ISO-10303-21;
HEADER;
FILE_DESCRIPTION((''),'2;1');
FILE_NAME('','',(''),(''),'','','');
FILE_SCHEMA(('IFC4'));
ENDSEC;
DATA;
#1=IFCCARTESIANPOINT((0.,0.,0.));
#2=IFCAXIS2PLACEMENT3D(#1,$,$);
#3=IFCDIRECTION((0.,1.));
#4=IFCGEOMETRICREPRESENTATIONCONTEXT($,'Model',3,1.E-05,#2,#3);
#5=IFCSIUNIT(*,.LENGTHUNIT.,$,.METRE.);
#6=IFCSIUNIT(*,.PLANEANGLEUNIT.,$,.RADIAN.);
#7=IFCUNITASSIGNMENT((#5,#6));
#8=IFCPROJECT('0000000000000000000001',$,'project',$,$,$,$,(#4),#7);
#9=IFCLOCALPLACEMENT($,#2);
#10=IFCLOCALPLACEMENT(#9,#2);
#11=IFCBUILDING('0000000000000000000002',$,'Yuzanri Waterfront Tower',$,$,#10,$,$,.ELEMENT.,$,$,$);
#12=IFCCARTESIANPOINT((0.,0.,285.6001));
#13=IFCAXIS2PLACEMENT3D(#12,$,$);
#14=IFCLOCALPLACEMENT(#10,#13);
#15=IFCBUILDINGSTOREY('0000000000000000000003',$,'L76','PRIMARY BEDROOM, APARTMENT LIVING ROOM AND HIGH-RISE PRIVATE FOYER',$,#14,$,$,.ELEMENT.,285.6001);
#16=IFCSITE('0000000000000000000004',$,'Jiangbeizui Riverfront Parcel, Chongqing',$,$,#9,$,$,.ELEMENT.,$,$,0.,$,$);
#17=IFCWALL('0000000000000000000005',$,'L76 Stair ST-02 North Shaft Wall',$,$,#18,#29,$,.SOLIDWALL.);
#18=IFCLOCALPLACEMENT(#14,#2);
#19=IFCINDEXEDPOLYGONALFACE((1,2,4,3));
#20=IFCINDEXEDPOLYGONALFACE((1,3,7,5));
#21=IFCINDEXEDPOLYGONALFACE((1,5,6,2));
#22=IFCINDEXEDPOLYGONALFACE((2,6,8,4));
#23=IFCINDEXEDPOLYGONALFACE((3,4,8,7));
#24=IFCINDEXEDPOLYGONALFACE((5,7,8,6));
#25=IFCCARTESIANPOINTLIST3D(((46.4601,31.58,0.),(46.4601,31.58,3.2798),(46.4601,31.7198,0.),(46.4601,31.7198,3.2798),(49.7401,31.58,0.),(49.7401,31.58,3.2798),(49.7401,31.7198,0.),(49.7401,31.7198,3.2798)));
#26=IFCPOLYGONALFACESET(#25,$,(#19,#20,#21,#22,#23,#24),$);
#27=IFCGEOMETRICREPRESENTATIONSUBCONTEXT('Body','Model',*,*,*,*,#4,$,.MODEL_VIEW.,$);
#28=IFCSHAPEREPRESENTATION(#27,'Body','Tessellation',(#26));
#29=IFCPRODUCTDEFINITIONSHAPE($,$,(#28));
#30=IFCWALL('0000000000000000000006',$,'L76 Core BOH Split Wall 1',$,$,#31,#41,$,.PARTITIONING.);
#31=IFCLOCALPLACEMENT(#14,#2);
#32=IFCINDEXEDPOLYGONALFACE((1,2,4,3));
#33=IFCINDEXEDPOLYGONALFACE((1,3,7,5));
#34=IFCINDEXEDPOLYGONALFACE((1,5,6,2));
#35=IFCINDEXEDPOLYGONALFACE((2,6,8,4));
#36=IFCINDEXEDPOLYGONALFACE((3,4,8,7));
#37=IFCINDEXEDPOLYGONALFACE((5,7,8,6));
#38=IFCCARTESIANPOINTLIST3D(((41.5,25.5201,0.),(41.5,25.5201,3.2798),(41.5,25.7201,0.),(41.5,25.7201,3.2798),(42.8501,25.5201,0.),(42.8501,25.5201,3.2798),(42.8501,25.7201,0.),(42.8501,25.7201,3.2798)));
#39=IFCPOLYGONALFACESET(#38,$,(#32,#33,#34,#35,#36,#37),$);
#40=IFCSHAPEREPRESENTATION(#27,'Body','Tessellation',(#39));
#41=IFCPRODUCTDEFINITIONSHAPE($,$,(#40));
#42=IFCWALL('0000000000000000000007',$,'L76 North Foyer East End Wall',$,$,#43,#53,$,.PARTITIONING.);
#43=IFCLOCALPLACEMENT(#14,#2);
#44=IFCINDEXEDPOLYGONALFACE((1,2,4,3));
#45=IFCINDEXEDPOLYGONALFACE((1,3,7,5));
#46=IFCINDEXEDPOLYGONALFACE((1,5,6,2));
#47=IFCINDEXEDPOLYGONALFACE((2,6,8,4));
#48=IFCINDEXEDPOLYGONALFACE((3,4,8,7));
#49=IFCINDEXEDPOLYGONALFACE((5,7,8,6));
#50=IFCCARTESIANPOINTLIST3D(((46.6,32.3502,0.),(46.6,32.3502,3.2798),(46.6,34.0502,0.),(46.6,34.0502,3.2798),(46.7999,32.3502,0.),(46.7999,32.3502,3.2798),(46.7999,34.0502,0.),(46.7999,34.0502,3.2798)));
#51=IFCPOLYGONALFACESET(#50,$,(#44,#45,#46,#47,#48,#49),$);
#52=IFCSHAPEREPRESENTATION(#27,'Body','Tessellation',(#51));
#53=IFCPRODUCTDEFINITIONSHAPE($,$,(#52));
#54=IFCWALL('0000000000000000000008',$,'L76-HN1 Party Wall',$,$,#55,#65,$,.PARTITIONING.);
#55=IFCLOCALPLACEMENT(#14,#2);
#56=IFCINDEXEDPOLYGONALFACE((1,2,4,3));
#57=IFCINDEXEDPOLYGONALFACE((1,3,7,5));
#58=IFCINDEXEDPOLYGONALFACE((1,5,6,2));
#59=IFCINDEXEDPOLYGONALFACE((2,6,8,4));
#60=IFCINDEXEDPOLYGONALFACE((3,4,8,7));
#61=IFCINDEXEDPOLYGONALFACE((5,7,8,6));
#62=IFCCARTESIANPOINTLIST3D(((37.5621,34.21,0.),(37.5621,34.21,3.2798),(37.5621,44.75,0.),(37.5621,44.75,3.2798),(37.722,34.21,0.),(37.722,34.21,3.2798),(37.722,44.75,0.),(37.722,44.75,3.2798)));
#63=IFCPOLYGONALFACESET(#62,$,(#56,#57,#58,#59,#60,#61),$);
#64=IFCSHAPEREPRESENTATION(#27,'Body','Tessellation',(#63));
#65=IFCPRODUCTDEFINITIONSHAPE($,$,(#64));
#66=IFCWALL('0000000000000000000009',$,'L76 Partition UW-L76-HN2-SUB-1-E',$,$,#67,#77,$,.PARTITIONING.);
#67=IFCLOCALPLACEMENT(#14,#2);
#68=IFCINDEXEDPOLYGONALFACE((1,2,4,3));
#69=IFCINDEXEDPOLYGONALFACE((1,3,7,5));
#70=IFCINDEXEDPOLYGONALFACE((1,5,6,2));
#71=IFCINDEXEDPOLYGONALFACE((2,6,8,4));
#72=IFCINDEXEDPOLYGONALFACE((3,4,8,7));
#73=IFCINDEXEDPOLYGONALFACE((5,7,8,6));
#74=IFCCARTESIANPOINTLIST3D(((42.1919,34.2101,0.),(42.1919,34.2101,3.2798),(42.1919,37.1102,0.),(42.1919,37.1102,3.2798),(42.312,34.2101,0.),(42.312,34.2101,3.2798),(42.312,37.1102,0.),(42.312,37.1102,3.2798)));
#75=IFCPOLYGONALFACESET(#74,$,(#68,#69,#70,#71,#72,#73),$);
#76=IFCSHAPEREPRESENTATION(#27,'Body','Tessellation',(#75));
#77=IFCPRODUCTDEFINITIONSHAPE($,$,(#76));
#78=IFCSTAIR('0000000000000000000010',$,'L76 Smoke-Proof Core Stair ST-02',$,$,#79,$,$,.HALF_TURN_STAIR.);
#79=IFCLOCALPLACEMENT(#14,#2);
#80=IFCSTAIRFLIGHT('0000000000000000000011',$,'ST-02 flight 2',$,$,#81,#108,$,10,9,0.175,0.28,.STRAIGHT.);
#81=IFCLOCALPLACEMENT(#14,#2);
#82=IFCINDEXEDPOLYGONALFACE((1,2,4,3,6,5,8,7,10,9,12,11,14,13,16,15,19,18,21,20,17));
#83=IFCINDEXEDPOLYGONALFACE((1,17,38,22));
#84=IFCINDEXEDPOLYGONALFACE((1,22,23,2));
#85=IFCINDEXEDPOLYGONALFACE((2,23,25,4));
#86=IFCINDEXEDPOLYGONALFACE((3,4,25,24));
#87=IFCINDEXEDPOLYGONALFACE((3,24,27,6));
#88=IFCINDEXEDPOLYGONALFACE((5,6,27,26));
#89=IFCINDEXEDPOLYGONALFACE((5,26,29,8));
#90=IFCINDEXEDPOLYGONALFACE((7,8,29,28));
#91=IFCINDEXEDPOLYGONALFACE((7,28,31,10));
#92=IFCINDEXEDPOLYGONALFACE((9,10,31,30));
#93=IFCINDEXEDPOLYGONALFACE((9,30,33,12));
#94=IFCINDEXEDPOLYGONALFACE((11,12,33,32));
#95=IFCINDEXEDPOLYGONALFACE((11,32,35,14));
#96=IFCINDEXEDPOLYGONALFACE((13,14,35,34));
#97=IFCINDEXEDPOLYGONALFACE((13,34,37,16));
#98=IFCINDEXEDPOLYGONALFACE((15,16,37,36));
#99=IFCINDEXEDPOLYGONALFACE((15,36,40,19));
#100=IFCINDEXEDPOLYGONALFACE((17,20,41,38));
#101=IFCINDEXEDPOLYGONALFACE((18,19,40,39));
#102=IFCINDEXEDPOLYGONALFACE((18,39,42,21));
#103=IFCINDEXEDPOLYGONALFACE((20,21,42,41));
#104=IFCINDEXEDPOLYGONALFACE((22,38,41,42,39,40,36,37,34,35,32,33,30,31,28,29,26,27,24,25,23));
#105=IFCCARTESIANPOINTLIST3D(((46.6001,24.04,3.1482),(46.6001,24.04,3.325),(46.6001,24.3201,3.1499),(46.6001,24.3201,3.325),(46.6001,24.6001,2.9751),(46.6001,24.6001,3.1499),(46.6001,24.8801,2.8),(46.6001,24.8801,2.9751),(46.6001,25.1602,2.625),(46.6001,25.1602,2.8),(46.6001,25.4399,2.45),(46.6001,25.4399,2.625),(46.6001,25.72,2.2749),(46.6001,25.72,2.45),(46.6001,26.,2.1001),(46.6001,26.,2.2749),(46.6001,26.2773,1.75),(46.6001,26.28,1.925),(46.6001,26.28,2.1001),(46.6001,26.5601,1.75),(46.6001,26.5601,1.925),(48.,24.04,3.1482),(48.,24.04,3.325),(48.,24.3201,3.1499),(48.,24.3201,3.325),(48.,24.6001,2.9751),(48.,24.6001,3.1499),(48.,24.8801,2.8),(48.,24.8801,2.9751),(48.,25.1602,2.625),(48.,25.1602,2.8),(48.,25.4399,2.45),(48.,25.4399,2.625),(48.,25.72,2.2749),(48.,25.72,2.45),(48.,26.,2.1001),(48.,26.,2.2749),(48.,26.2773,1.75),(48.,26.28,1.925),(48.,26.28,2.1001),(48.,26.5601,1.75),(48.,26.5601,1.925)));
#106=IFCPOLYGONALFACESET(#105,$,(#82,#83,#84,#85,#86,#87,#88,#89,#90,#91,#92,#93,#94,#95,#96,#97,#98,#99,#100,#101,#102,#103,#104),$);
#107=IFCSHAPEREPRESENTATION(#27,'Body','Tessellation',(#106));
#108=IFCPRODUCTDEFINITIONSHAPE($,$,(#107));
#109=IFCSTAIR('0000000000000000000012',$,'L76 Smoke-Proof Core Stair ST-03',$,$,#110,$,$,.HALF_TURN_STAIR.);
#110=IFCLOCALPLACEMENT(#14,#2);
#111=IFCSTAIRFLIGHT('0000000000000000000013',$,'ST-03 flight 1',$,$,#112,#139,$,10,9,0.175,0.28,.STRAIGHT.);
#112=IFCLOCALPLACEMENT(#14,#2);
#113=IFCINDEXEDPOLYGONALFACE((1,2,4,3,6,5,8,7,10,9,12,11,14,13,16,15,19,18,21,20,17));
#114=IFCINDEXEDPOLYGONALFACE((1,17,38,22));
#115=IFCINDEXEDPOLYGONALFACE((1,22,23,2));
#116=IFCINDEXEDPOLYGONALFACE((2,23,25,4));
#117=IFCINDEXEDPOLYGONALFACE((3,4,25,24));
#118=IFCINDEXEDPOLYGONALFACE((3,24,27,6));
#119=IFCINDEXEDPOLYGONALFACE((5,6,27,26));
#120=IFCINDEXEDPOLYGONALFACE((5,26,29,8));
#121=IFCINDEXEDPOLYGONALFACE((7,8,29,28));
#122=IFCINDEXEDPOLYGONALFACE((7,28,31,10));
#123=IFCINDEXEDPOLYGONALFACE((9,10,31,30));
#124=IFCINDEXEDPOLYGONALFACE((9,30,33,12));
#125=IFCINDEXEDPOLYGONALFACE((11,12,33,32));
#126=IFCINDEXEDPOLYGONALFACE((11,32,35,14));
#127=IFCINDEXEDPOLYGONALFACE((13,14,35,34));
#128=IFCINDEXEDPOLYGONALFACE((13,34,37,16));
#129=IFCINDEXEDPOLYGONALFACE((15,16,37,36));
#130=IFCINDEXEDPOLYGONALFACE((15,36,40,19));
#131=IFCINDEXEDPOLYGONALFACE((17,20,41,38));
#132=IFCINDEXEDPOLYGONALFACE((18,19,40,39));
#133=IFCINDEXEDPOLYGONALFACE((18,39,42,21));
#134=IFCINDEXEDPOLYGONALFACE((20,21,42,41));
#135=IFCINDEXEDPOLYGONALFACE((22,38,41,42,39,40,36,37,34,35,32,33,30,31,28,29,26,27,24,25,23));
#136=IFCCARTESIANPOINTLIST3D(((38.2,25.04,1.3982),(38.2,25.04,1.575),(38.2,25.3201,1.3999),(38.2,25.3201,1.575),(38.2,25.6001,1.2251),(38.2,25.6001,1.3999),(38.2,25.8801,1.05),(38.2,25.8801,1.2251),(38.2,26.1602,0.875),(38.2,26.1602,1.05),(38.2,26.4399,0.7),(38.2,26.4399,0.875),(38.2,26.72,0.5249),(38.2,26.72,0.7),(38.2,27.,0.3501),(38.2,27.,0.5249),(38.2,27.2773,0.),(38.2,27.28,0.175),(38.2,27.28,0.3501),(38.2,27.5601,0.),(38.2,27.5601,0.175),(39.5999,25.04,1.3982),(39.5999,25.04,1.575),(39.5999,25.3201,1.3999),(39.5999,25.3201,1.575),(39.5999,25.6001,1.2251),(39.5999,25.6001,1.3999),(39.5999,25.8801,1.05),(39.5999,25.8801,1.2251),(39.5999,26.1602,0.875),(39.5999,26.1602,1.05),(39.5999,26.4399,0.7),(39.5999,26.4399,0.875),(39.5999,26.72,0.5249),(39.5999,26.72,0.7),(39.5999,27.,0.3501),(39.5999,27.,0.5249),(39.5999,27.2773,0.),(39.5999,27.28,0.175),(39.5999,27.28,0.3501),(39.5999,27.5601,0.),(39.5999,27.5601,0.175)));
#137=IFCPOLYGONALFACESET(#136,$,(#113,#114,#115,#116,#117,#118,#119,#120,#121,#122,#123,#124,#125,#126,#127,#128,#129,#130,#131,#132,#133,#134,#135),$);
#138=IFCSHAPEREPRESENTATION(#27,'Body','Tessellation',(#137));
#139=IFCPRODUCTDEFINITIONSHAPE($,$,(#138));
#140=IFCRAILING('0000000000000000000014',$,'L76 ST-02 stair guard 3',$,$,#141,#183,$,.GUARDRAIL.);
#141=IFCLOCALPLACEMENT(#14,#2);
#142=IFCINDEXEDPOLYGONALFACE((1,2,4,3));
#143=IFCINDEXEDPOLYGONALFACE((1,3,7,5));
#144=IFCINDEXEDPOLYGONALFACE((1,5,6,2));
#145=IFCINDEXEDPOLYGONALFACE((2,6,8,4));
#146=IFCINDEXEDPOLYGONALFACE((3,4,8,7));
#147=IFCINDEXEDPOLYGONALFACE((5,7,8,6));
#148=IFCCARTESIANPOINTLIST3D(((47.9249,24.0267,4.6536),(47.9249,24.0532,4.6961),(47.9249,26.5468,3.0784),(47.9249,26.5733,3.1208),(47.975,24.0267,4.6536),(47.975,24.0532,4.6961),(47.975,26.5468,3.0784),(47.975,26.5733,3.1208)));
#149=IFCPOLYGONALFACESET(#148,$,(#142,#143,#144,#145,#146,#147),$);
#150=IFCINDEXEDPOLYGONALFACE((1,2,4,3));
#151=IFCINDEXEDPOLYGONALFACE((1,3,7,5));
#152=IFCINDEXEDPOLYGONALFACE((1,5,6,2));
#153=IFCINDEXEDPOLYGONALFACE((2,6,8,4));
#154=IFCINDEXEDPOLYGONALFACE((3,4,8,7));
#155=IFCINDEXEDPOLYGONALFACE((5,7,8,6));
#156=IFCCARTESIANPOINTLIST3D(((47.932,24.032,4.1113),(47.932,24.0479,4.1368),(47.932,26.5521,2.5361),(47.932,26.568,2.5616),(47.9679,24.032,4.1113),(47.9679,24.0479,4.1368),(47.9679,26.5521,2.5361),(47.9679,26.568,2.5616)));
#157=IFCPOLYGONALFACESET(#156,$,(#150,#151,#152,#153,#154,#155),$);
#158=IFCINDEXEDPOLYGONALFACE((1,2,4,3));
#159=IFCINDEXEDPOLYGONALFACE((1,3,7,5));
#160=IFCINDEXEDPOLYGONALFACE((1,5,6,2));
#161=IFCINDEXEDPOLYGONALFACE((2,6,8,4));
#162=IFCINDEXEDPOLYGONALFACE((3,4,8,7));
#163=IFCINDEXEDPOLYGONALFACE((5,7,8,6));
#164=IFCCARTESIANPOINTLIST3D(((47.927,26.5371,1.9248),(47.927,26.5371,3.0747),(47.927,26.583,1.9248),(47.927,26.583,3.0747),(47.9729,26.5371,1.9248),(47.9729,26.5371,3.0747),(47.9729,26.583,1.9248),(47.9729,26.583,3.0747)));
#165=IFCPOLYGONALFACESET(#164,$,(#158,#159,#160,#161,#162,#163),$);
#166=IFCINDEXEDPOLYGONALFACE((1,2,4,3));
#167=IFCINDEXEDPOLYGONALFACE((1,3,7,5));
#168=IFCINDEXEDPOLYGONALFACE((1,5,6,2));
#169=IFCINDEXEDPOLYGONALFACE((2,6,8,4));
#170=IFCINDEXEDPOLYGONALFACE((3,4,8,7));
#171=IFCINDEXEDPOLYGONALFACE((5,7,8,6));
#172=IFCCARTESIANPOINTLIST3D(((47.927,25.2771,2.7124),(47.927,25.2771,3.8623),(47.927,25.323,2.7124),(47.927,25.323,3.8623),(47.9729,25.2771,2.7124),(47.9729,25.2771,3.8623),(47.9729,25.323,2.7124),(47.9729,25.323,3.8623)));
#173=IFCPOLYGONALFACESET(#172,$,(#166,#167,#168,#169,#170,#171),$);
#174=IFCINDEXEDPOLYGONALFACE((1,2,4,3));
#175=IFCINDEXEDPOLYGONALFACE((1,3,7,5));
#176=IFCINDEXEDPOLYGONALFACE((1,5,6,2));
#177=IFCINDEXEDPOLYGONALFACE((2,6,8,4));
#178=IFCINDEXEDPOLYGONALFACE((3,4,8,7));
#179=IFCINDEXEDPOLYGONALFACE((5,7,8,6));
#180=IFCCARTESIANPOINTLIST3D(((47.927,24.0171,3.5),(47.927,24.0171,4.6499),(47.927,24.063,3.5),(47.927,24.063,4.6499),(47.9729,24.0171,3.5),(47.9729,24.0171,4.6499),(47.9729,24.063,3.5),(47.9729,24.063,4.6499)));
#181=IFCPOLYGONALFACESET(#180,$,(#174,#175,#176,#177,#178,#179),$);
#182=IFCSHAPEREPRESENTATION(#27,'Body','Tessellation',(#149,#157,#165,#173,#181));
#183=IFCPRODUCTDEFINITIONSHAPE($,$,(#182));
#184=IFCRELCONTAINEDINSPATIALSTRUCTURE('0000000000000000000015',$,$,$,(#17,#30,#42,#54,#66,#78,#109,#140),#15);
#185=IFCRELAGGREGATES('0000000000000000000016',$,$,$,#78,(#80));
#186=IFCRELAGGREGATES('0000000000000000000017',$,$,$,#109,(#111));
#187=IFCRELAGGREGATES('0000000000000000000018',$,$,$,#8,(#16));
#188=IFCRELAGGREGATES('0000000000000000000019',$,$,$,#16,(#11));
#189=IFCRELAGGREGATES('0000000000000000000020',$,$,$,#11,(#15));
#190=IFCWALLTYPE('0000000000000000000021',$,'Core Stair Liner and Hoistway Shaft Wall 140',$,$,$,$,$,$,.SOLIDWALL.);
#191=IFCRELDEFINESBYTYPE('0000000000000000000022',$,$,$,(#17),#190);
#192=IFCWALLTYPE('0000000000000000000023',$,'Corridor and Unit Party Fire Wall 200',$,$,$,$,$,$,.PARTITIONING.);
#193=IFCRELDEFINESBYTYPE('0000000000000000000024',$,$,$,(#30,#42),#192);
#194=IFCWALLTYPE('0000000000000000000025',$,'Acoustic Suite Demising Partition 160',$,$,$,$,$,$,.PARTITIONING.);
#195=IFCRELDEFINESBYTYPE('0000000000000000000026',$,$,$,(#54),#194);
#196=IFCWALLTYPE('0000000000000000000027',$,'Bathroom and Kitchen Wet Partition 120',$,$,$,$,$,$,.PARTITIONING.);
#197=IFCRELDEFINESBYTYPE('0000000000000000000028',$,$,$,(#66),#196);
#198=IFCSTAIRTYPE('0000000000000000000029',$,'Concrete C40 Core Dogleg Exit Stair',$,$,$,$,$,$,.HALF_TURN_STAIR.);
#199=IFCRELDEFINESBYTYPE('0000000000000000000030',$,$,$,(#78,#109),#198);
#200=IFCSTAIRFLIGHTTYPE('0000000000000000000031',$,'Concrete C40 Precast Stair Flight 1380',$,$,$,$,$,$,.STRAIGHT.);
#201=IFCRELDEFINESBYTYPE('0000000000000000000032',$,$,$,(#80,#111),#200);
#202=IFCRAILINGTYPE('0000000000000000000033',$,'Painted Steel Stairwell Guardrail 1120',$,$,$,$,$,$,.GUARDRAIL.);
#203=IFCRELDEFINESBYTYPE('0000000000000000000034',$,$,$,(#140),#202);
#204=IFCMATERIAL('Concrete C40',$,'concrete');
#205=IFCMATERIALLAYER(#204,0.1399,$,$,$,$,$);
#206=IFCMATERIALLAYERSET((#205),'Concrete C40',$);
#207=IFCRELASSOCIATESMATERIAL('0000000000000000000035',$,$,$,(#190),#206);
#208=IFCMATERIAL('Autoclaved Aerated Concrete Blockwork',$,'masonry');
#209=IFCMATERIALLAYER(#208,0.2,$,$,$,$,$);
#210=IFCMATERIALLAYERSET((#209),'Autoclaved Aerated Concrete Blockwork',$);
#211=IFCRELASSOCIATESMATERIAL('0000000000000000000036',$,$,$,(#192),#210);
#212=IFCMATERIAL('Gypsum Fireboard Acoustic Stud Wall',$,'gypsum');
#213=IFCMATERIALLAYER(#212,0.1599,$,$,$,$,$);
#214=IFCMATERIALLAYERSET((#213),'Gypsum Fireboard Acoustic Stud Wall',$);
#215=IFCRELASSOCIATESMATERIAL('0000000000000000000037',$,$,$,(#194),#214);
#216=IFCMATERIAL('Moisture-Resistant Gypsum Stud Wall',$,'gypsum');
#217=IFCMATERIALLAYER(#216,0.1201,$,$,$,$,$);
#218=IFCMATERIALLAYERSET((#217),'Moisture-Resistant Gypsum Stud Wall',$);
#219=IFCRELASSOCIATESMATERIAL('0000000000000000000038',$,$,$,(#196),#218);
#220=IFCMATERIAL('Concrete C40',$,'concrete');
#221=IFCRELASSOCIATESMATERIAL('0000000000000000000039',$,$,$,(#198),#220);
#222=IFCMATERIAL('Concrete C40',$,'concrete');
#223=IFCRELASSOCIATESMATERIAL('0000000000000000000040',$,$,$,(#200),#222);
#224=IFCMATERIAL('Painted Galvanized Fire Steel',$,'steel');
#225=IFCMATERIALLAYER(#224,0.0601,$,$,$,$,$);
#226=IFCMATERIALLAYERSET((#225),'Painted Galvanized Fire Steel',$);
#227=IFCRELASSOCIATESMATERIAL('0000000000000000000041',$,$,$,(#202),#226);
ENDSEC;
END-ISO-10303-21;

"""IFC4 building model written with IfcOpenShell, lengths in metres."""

from ifc_helpers import new_model, si_unit, direction, frame, frame_2d, origin, origin_2d, place, context, subcontext, project, spatial, polyline, rectangle, outline, extrude, source, transform, mapped, material, layer, layer_set, type_object, element, aggregate, save


model = new_model("IFC4")

# Units and contexts
model_context = context("Model", 3, precision=1e-05, world=origin(), true_north=direction((0.0, 1.0)))
body_context = subcontext(model_context, "Body", "Model", "MODEL_VIEW")
ifc_project = project(units=[si_unit("LENGTHUNIT", "METRE"), si_unit("PLANEANGLEUNIT", "RADIAN")], contexts=[model_context])

# Site, building, storey
site_placement = place(None, origin())
site = spatial("IfcSite", under=ifc_project, at=site_placement, Name="Jiangbeizui Riverfront Parcel, Chongqing", CompositionType="ELEMENT", RefElevation=0.0)
building_placement = place(site_placement, origin())
building = spatial("IfcBuilding", under=site, at=building_placement, Name="Yuzanri Waterfront Tower", CompositionType="ELEMENT")
storey_placement = place(building_placement, frame((0.0, 0.0, 285.6001)))
storey = spatial("IfcBuildingStorey", under=building, at=storey_placement, Name="L76", Description="PRIMARY BEDROOM, APARTMENT LIVING ROOM AND HIGH-RISE PRIVATE FOYER", CompositionType="ELEMENT", Elevation=285.6001)

# Shared definitions
ifc_material_1 = material(Name="Concrete C40", Category="concrete")
ifc_layer_1 = layer(ifc_material_1, 0.1399)
ifc_layer_set_1 = layer_set([ifc_layer_1], Name="Concrete C40")
wall_type_1 = type_object("IfcWallType", Name="Core Stair Liner and Hoistway Shaft Wall 140", PredefinedType="SOLIDWALL", material=ifc_layer_set_1)
ifc_material_2 = material(Name="Autoclaved Aerated Concrete Blockwork", Category="masonry")
ifc_layer_2 = layer(ifc_material_2, 0.2)
ifc_layer_set_2 = layer_set([ifc_layer_2], Name="Autoclaved Aerated Concrete Blockwork")
wall_type_2 = type_object("IfcWallType", Name="Corridor and Unit Party Fire Wall 200", PredefinedType="PARTITIONING", material=ifc_layer_set_2)

# Walls
shared_shape_1 = source(origin(), body_context, "Body", "SweptSolid", [
    extrude(rectangle(XDim=3.28, YDim=0.1399, at=frame_2d((1.6401, 0.0))), origin(), (0.0, 0.0, 1.0), 3.2798),
])
wall_1_placement = place(storey_placement, frame((46.46, 31.6499, 0.0), z_axis=(0.0, 0.0, 1.0), x_axis=(1.0, 0.0, 0.0)))
element("IfcWall", 1, at=wall_1_placement, inside=storey, type_object=wall_type_1, Name="L76 Stair ST-02 North Shaft Wall", PredefinedType="SOLIDWALL", context=body_context, shape_type="MappedRepresentation", body=[
    mapped(shared_shape_1, transform((0.0, 0.0, 0.0), scale=1.0)),
])
shared_shape_2 = source(origin(), body_context, "Body", "SweptSolid", [
    extrude(rectangle(XDim=1.3501, YDim=0.2, at=frame_2d((0.675, 0.0))), origin(), (0.0, 0.0, 1.0), 3.2798),
])
wall_2_placement = place(storey_placement, frame((41.5, 25.6201, 0.0), z_axis=(0.0, 0.0, 1.0), x_axis=(1.0, 0.0, 0.0)))
element("IfcWall", 2, at=wall_2_placement, inside=storey, type_object=wall_type_2, Name="L76 Core BOH Split Wall 1", PredefinedType="PARTITIONING", context=body_context, shape_type="MappedRepresentation", body=[
    mapped(shared_shape_2, transform((0.0, 0.0, 0.0), scale=1.0)),
])
shared_shape_3 = source(origin(), body_context, "Body", "SweptSolid", [
    extrude(rectangle(XDim=1.7, YDim=0.2, at=frame_2d((0.8501, 0.0))), origin(), (0.0, 0.0, 1.0), 3.2798),
])
wall_3_placement = place(storey_placement, frame((46.7, 32.3501, 0.0), z_axis=(0.0, 0.0, 1.0), x_axis=(0.0, 1.0, 0.0)))
element("IfcWall", 3, at=wall_3_placement, inside=storey, type_object=wall_type_2, Name="L76 North Foyer East End Wall", PredefinedType="PARTITIONING", context=body_context, shape_type="MappedRepresentation", body=[
    mapped(shared_shape_3, transform((0.0, 0.0, 0.0), scale=1.0)),
])
ifc_material_3 = material(Name="Gypsum Fireboard Acoustic Stud Wall", Category="gypsum")
ifc_layer_3 = layer(ifc_material_3, 0.1599)
ifc_layer_set_3 = layer_set([ifc_layer_3], Name="Gypsum Fireboard Acoustic Stud Wall")
wall_type_3 = type_object("IfcWallType", Name="Acoustic Suite Demising Partition 160", PredefinedType="PARTITIONING", material=ifc_layer_set_3)
shared_shape_4 = source(origin(), body_context, "Body", "SweptSolid", [
    extrude(rectangle(XDim=10.54, YDim=0.1599, at=frame_2d((5.27, 0.0))), origin(), (0.0, 0.0, 1.0), 3.2798),
])
wall_4_placement = place(storey_placement, frame((37.6421, 34.21, 0.0), z_axis=(0.0, 0.0, 1.0), x_axis=(0.0, 1.0, 0.0)))
element("IfcWall", 4, at=wall_4_placement, inside=storey, type_object=wall_type_3, Name="L76-HN1 Party Wall", PredefinedType="PARTITIONING", context=body_context, shape_type="MappedRepresentation", body=[
    mapped(shared_shape_4, transform((0.0, 0.0, 0.0), scale=1.0)),
])
ifc_material_4 = material(Name="Moisture-Resistant Gypsum Stud Wall", Category="gypsum")
ifc_layer_4 = layer(ifc_material_4, 0.1201)
ifc_layer_set_4 = layer_set([ifc_layer_4], Name="Moisture-Resistant Gypsum Stud Wall")
wall_type_4 = type_object("IfcWallType", Name="Bathroom and Kitchen Wet Partition 120", PredefinedType="PARTITIONING", material=ifc_layer_set_4)
shared_shape_5 = source(origin(), body_context, "Body", "SweptSolid", [
    extrude(rectangle(XDim=2.9001, YDim=0.1201, at=frame_2d((1.4502, 0.0))), origin(), (0.0, 0.0, 1.0), 3.2798),
])
wall_5_placement = place(storey_placement, frame((42.252, 34.21, 0.0), z_axis=(0.0, 0.0, 1.0), x_axis=(0.0, 1.0, 0.0)))
element("IfcWall", 5, at=wall_5_placement, inside=storey, type_object=wall_type_4, Name="L76 Partition UW-L76-HN2-SUB-1-E", PredefinedType="PARTITIONING", context=body_context, shape_type="MappedRepresentation", body=[
    mapped(shared_shape_5, transform((0.0, 0.0, 0.0), scale=1.0)),
])

# Stairs, stair flights
ifc_material_5 = material(Name="Concrete C40", Category="concrete")
stair_type = type_object("IfcStairType", Name="Concrete C40 Core Dogleg Exit Stair", PredefinedType="HALF_TURN_STAIR", material=ifc_material_5)
stair_1_placement = place(storey_placement, origin())
stair_1 = element("IfcStair", 6, at=stair_1_placement, inside=storey, type_object=stair_type, Name="L76 Smoke-Proof Core Stair ST-02", PredefinedType="HALF_TURN_STAIR")
ifc_material_6 = material(Name="Concrete C40", Category="concrete")
stair_flight_type = type_object("IfcStairFlightType", Name="Concrete C40 Precast Stair Flight 1380", PredefinedType="STRAIGHT", material=ifc_material_6)
shared_shape_6 = source(origin(), body_context, "Body", "SweptSolid", [
    extrude(outline(polyline([(0.0, 0.0), (0.0, 0.175), (0.28, 0.175), (0.28, 0.3501), (0.5601, 0.3501), (0.5601, 0.5249), (0.8401, 0.5249), (0.8401, 0.7), (1.1201, 0.7), (1.1201, 0.875), (1.3999, 0.875), (1.3999, 1.05), (1.6799, 1.05), (1.6799, 1.2251), (1.96, 1.2251), (1.96, 1.3999), (2.24, 1.3999), (2.24, 1.575), (2.52, 1.575), (2.52, 1.75), (2.52, 1.3982), (0.2827, 0.0), (0.0, 0.0)])), frame((0.0, 0.7, 0.0), z_axis=(0.0, -1.0, 0.0), x_axis=(1.0, 0.0, 0.0)), (0.0, 0.0, 1.0), 1.3999),
])
stair_flight_1_placement = place(storey_placement, frame((47.3, 26.5601, 1.75), z_axis=(0.0, 0.0, 1.0), x_axis=(0.0, -1.0, 0.0)))
stair_flight_1 = element("IfcStairFlight", 7, at=stair_flight_1_placement, type_object=stair_flight_type, Name="ST-02 flight 2", NumberOfRisers=10, NumberOfTreads=9, PredefinedType="STRAIGHT", RiserHeight=0.175, TreadLength=0.28, context=body_context, shape_type="MappedRepresentation", body=[
    mapped(shared_shape_6, transform((0.0, 0.0, 0.0), scale=1.0)),
])
aggregate(stair_1, [stair_flight_1])
stair_2_placement = place(storey_placement, origin())
stair_2 = element("IfcStair", 8, at=stair_2_placement, inside=storey, type_object=stair_type, Name="L76 Smoke-Proof Core Stair ST-03", PredefinedType="HALF_TURN_STAIR")
stair_flight_2_placement = place(storey_placement, frame((38.8999, 27.5601, 0.0), z_axis=(0.0, 0.0, 1.0), x_axis=(0.0, -1.0, 0.0)))
stair_flight_2 = element("IfcStairFlight", 9, at=stair_flight_2_placement, type_object=stair_flight_type, Name="ST-03 flight 1", NumberOfRisers=10, NumberOfTreads=9, PredefinedType="STRAIGHT", RiserHeight=0.175, TreadLength=0.28, context=body_context, shape_type="MappedRepresentation", body=[
    mapped(shared_shape_6, transform((0.0, 0.0, 0.0), scale=1.0)),
])
aggregate(stair_2, [stair_flight_2])

# Railing
ifc_material_7 = material(Name="Painted Galvanized Fire Steel", Category="steel")
ifc_layer_5 = layer(ifc_material_7, 0.0601)
ifc_layer_set_5 = layer_set([ifc_layer_5], Name="Painted Galvanized Fire Steel")
railing_type_1 = type_object("IfcRailingType", Name="Painted Steel Stairwell Guardrail 1120", PredefinedType="GUARDRAIL", material=ifc_layer_set_5)
shared_shape_7 = source(origin(), body_context, "Body", "SweptSolid", [
    extrude(rectangle(XDim=0.05, YDim=0.05, at=origin_2d()), frame((0.0, 0.0, 1.1748), z_axis=(0.0, -0.847971, 0.530043), x_axis=(1.0, 0.0, 0.0)), (0.0, 0.0, 1.0), 2.9719),
    extrude(rectangle(XDim=0.0359, YDim=0.03, at=origin_2d()), frame((0.0, 0.0, 0.624), z_axis=(0.0, -0.847971, 0.530043), x_axis=(1.0, 0.0, 0.0)), (0.0, 0.0, 1.0), 2.9719),
    extrude(rectangle(XDim=0.0459, YDim=0.0459, at=origin_2d()), origin(), (0.0, 0.0, 1.0), 1.1499),
    extrude(rectangle(XDim=0.0459, YDim=0.0459, at=origin_2d()), frame((0.0, -1.26, 0.7876)), (0.0, 0.0, 1.0), 1.1499),
    extrude(rectangle(XDim=0.0459, YDim=0.0459, at=origin_2d()), frame((0.0, -2.52, 1.5752)), (0.0, 0.0, 1.0), 1.1499),
])
for number, where, name in (
    (10, (47.95, 26.5601, 1.9248), "L76 ST-02 stair guard 3"),
):
    element("IfcRailing", number, at=place(storey_placement, frame(where)), inside=storey, type_object=railing_type_1, Name=name, PredefinedType="GUARDRAIL", context=body_context, shape_type="MappedRepresentation", body=[
        mapped(shared_shape_7, transform((0.0, 0.0, 0.0), scale=1.0)),
    ])

save(model, "model.ifc")
